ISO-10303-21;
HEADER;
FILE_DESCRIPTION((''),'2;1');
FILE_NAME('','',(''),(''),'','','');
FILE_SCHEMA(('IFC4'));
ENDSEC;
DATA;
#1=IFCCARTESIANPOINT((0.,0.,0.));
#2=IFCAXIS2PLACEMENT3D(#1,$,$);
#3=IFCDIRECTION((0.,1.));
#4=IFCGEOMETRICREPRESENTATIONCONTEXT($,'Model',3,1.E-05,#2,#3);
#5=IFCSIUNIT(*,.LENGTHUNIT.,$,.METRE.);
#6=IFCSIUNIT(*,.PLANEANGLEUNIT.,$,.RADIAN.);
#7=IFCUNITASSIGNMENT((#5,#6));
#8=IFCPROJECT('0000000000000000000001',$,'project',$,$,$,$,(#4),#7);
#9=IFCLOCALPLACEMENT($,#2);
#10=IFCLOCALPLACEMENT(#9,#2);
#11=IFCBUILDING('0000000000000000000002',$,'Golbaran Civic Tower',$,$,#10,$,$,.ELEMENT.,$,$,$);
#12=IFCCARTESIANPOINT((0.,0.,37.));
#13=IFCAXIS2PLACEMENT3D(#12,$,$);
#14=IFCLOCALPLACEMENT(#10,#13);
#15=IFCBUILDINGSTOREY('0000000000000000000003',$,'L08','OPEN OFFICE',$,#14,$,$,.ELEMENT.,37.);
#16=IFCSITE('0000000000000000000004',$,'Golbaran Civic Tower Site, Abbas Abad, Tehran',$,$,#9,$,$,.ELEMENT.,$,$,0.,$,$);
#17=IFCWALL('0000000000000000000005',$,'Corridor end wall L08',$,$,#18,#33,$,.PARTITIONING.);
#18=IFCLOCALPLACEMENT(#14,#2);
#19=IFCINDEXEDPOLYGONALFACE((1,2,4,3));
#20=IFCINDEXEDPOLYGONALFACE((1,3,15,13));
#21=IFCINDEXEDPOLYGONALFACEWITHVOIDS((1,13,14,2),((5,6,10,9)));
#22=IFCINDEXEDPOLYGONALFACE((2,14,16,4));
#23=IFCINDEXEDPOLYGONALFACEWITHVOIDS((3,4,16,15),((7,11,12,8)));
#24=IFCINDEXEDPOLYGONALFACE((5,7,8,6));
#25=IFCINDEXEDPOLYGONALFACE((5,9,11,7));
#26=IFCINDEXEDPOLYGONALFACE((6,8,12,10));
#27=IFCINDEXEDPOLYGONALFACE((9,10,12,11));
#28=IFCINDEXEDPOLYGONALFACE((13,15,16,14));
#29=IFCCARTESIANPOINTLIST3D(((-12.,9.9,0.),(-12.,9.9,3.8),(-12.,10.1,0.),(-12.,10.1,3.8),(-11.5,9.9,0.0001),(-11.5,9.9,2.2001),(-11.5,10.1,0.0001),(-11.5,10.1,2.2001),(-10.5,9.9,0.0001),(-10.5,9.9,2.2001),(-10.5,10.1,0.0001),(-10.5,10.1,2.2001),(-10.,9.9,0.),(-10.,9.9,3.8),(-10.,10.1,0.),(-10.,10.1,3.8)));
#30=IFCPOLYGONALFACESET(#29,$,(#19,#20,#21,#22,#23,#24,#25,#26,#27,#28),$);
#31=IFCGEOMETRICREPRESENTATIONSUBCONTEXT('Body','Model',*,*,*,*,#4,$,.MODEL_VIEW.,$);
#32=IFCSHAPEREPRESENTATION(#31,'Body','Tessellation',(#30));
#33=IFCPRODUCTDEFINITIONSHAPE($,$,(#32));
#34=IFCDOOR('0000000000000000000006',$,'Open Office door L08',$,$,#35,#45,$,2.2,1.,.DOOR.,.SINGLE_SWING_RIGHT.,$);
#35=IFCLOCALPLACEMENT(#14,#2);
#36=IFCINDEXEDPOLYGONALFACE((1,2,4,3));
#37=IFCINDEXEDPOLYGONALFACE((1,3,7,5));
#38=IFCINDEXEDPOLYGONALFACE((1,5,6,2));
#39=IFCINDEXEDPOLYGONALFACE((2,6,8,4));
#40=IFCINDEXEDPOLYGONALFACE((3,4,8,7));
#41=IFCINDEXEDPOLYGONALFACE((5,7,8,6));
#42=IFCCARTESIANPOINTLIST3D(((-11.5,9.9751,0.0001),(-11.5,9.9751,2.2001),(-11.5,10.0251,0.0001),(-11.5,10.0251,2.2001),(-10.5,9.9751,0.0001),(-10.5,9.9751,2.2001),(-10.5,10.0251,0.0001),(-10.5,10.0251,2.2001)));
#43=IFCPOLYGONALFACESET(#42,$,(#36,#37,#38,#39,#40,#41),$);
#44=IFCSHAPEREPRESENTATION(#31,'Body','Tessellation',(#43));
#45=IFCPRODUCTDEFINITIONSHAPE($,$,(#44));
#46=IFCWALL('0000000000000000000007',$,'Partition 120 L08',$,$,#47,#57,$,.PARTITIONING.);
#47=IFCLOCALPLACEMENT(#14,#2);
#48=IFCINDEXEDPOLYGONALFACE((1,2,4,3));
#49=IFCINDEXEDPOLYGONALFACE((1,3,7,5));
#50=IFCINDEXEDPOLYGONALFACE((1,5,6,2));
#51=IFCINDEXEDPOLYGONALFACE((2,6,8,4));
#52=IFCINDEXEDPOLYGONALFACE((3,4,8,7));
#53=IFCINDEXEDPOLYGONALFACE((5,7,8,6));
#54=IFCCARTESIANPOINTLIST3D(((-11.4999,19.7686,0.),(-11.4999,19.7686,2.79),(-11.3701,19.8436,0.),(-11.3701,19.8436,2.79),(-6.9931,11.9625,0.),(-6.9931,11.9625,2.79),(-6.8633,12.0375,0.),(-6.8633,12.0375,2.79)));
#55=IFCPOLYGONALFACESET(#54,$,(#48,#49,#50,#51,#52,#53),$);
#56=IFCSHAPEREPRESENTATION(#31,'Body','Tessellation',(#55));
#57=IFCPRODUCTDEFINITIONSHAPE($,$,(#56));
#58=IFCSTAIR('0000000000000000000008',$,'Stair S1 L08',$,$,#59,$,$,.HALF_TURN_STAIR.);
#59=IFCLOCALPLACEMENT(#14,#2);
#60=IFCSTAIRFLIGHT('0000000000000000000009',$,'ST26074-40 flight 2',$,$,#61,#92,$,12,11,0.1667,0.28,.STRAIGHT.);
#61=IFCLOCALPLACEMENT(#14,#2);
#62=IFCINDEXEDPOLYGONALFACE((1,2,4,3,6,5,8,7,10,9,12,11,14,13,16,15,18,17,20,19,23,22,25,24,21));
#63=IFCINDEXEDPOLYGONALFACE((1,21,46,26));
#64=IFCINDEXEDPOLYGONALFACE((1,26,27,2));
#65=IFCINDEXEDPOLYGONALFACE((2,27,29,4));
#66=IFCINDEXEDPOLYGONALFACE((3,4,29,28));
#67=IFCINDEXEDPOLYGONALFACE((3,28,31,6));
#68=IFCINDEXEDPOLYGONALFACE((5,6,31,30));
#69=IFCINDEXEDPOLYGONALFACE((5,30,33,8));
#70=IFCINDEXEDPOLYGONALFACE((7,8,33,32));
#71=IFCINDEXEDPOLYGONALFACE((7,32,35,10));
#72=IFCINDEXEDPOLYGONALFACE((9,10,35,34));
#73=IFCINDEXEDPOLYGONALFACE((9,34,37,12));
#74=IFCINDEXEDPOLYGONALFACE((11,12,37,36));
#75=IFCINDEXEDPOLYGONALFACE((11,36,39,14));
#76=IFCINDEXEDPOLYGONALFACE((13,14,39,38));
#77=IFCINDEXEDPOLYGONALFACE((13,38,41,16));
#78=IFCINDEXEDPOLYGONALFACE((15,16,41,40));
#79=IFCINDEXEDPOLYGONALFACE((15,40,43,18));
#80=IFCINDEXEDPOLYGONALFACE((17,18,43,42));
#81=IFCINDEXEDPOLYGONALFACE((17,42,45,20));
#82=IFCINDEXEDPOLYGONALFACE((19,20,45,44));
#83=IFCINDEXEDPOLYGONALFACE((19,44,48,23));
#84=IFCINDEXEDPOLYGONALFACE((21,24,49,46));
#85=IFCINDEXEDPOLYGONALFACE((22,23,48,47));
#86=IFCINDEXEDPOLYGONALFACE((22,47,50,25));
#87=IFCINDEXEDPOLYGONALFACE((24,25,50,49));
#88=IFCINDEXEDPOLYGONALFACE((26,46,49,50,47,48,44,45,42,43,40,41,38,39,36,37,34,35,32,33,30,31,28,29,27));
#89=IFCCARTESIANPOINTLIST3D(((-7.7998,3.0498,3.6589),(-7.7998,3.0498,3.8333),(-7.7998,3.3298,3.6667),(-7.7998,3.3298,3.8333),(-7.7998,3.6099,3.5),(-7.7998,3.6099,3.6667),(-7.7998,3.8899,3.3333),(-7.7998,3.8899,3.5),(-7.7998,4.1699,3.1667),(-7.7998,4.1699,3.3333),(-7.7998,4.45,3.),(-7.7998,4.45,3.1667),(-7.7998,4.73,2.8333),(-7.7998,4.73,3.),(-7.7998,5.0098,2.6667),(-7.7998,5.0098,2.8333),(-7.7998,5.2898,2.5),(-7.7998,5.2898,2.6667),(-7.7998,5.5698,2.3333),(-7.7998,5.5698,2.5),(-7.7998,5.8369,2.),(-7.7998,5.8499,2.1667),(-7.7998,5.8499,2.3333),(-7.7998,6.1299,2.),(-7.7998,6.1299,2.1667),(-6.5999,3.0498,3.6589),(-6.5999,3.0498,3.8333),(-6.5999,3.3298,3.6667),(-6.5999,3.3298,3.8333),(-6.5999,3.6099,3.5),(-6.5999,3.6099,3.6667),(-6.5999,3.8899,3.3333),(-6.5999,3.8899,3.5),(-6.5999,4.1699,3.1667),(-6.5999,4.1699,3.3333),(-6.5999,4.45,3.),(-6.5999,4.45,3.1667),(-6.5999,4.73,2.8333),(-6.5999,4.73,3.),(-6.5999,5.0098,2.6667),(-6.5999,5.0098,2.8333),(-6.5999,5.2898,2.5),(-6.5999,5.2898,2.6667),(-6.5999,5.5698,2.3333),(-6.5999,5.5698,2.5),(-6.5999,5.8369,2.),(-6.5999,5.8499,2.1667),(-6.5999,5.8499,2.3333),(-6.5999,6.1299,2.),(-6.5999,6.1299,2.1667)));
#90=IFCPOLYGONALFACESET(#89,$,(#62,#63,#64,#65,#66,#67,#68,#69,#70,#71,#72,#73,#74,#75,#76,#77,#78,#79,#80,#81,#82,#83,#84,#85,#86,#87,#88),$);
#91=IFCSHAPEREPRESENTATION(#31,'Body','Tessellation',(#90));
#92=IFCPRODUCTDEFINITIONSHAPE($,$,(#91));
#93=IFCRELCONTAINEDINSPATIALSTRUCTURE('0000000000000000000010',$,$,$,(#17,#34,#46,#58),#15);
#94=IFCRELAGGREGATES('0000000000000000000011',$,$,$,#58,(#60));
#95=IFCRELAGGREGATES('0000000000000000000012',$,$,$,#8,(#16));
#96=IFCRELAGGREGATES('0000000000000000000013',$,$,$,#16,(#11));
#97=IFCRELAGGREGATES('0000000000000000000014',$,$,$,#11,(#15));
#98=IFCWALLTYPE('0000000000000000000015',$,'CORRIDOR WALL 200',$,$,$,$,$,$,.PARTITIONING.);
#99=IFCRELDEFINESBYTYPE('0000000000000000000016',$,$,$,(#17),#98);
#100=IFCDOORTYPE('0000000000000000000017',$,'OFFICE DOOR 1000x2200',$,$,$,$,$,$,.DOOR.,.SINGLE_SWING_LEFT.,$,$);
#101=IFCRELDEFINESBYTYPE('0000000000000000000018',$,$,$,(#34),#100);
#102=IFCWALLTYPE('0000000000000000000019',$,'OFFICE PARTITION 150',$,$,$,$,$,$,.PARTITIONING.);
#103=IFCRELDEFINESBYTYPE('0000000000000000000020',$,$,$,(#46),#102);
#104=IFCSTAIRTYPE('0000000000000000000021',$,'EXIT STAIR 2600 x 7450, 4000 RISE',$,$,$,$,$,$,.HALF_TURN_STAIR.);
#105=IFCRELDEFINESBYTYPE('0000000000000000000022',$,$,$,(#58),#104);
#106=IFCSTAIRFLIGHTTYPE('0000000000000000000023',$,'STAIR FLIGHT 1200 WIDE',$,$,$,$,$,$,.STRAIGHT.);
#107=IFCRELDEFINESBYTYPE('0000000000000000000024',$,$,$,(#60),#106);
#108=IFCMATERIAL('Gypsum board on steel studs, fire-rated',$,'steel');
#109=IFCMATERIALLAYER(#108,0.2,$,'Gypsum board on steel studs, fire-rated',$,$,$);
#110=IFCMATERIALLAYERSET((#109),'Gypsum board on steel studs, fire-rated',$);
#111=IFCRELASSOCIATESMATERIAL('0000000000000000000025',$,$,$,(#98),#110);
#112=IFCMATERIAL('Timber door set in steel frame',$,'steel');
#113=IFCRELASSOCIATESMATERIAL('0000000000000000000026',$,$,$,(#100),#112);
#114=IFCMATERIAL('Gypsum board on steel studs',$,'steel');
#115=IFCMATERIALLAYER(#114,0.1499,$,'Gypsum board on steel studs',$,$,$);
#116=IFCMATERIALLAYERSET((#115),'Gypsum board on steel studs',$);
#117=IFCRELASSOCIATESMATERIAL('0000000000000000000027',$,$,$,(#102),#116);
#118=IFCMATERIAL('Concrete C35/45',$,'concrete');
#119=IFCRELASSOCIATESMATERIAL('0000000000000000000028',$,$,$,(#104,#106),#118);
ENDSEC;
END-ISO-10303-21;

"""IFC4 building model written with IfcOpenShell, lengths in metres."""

from ifc_helpers import new_model, si_unit, direction, frame, frame_2d, origin, place, context, subcontext, project, spatial, polyline, rectangle, outline, extrude, material, layer, layer_set, type_object, element, fill, aggregate, save


model = new_model("IFC4")

# Units and contexts
model_context = context("Model", 3, precision=1e-05, world=origin(), true_north=direction((0.0, 1.0)))
body_context = subcontext(model_context, "Body", "Model", "MODEL_VIEW")
ifc_project = project(units=[si_unit("LENGTHUNIT", "METRE"), si_unit("PLANEANGLEUNIT", "RADIAN")], contexts=[model_context])

# Site, building, storey
site_placement = place(None, origin())
site = spatial("IfcSite", under=ifc_project, at=site_placement, Name="Golbaran Civic Tower Site, Abbas Abad, Tehran", CompositionType="ELEMENT", RefElevation=0.0)
building_placement = place(site_placement, origin())
building = spatial("IfcBuilding", under=site, at=building_placement, Name="Golbaran Civic Tower", CompositionType="ELEMENT")
storey_placement = place(building_placement, frame((0.0, 0.0, 37.0)))
storey = spatial("IfcBuildingStorey", under=building, at=storey_placement, Name="L08", Description="OPEN OFFICE", CompositionType="ELEMENT", Elevation=37.0)

# Shared definitions
ifc_material_1 = material(Name="Timber door set in steel frame", Category="steel")

# Shared definitions
ifc_material_2 = material(Name="Gypsum board on steel studs, fire-rated", Category="steel")
ifc_layer_1 = layer(ifc_material_2, 0.2, Name="Gypsum board on steel studs, fire-rated")
ifc_layer_set_1 = layer_set([ifc_layer_1], Name="Gypsum board on steel studs, fire-rated")
wall_type_1 = type_object("IfcWallType", Name="CORRIDOR WALL 200", PredefinedType="PARTITIONING", material=ifc_layer_set_1)

# Wall, opening, door
wall_1_placement = place(storey_placement, frame((-10.0, 10.0, 0.0), z_axis=(0.0, 0.0, 1.0), x_axis=(-1.0, 0.0, 0.0)))
wall_1 = element("IfcWall", 1, at=wall_1_placement, inside=storey, type_object=wall_type_1, Name="Corridor end wall L08", PredefinedType="PARTITIONING", context=body_context, shape_type="SweptSolid", body=[
    extrude(rectangle(XDim=2.0, YDim=0.2, at=frame_2d((1.0, 0.0))), origin(), (0.0, 0.0, 1.0), 3.8),
])
opening_1_placement = place(wall_1_placement, frame((0.5, 0.0, 0.0)))
opening_1 = element("IfcOpeningElement", 2, at=opening_1_placement, cuts=wall_1, PredefinedType="OPENING", context=body_context, shape_type="SweptSolid", body=[
    extrude(rectangle(XDim=1.0, YDim=2.2, at=frame_2d((0.5, 1.1001))), frame((0.0, 0.1099, 0.0), z_axis=(0.0, -1.0, 0.0), x_axis=(1.0, 0.0, 0.0)), (0.0, 0.0, 1.0), 0.22),
])
door_type_1 = type_object("IfcDoorType", Name="OFFICE DOOR 1000x2200", OperationType="SINGLE_SWING_LEFT", PredefinedType="DOOR", material=ifc_material_1)
door_1_placement = place(opening_1_placement, origin())
door_1 = element("IfcDoor", 3, at=door_1_placement, inside=storey, type_object=door_type_1, Name="Open Office door L08", OperationType="SINGLE_SWING_RIGHT", OverallHeight=2.2, OverallWidth=1.0, PredefinedType="DOOR", context=body_context, shape_type="SweptSolid", body=[
    extrude(rectangle(XDim=1.0, YDim=2.2, at=frame_2d((0.5, 1.1001))), frame((0.0, 0.0249, 0.0), z_axis=(0.0, -1.0, 0.0), x_axis=(1.0, 0.0, 0.0)), (0.0, 0.0, 1.0), 0.05),
])
fill(opening_1, door_1)

# Wall
ifc_material_3 = material(Name="Gypsum board on steel studs", Category="steel")
ifc_layer_2 = layer(ifc_material_3, 0.1499, Name="Gypsum board on steel studs")
ifc_layer_set_2 = layer_set([ifc_layer_2], Name="Gypsum board on steel studs")
wall_type_2 = type_object("IfcWallType", Name="OFFICE PARTITION 150", PredefinedType="PARTITIONING", material=ifc_layer_set_2)
wall_2_placement = place(storey_placement, frame((-6.9282, 12.0, 0.0), z_axis=(0.0, 0.0, 1.0), x_axis=(-0.499996, 0.866028, 0.0)))
element("IfcWall", 4, at=wall_2_placement, inside=storey, type_object=wall_type_2, Name="Partition 120 L08", PredefinedType="PARTITIONING", context=body_context, shape_type="SweptSolid", body=[
    extrude(rectangle(XDim=9.0137, YDim=0.1499, at=frame_2d((4.5068, 0.0))), origin(), (0.0, 0.0, 1.0), 2.79),
])

# Stair, stair flight
ifc_material_4 = material(Name="Concrete C35/45", Category="concrete")
stair_type = type_object("IfcStairType", Name="EXIT STAIR 2600 x 7450, 4000 RISE", PredefinedType="HALF_TURN_STAIR", material=ifc_material_4)
stair_placement = place(storey_placement, origin())
stair = element("IfcStair", 5, at=stair_placement, inside=storey, type_object=stair_type, Name="Stair S1 L08", PredefinedType="HALF_TURN_STAIR")
stair_flight_type = type_object("IfcStairFlightType", Name="STAIR FLIGHT 1200 WIDE", PredefinedType="STRAIGHT", material=ifc_material_4)
stair_flight_placement = place(storey_placement, frame((-7.2, 6.1299, 2.0), z_axis=(0.0, 0.0, 1.0), x_axis=(0.0, -1.0, 0.0)))
stair_flight = element("IfcStairFlight", 6, at=stair_flight_placement, type_object=stair_flight_type, Name="ST26074-40 flight 2", NumberOfRisers=12, NumberOfTreads=11, PredefinedType="STRAIGHT", RiserHeight=0.1667, TreadLength=0.28, context=body_context, shape_type="SweptSolid", body=[
    extrude(outline(polyline([(0.0, 0.0), (0.0, 0.1667), (0.28, 0.1667), (0.28, 0.3333), (0.5601, 0.3333), (0.5601, 0.5), (0.8401, 0.5), (0.8401, 0.6667), (1.1201, 0.6667), (1.1201, 0.8333), (1.3999, 0.8333), (1.3999, 1.0), (1.6799, 1.0), (1.6799, 1.1667), (1.96, 1.1667), (1.96, 1.3333), (2.24, 1.3333), (2.24, 1.5), (2.52, 1.5), (2.52, 1.6667), (2.8, 1.6667), (2.8, 1.8333), (3.0801, 1.8333), (3.0801, 2.0), (3.0801, 1.6589), (0.293, 0.0), (0.0, 0.0)])), frame((0.0, 0.6001, 0.0), z_axis=(0.0, -1.0, 0.0), x_axis=(1.0, 0.0, 0.0)), (0.0, 0.0, 1.0), 1.2),
])
aggregate(stair, [stair_flight])

save(model, "model.ifc")
